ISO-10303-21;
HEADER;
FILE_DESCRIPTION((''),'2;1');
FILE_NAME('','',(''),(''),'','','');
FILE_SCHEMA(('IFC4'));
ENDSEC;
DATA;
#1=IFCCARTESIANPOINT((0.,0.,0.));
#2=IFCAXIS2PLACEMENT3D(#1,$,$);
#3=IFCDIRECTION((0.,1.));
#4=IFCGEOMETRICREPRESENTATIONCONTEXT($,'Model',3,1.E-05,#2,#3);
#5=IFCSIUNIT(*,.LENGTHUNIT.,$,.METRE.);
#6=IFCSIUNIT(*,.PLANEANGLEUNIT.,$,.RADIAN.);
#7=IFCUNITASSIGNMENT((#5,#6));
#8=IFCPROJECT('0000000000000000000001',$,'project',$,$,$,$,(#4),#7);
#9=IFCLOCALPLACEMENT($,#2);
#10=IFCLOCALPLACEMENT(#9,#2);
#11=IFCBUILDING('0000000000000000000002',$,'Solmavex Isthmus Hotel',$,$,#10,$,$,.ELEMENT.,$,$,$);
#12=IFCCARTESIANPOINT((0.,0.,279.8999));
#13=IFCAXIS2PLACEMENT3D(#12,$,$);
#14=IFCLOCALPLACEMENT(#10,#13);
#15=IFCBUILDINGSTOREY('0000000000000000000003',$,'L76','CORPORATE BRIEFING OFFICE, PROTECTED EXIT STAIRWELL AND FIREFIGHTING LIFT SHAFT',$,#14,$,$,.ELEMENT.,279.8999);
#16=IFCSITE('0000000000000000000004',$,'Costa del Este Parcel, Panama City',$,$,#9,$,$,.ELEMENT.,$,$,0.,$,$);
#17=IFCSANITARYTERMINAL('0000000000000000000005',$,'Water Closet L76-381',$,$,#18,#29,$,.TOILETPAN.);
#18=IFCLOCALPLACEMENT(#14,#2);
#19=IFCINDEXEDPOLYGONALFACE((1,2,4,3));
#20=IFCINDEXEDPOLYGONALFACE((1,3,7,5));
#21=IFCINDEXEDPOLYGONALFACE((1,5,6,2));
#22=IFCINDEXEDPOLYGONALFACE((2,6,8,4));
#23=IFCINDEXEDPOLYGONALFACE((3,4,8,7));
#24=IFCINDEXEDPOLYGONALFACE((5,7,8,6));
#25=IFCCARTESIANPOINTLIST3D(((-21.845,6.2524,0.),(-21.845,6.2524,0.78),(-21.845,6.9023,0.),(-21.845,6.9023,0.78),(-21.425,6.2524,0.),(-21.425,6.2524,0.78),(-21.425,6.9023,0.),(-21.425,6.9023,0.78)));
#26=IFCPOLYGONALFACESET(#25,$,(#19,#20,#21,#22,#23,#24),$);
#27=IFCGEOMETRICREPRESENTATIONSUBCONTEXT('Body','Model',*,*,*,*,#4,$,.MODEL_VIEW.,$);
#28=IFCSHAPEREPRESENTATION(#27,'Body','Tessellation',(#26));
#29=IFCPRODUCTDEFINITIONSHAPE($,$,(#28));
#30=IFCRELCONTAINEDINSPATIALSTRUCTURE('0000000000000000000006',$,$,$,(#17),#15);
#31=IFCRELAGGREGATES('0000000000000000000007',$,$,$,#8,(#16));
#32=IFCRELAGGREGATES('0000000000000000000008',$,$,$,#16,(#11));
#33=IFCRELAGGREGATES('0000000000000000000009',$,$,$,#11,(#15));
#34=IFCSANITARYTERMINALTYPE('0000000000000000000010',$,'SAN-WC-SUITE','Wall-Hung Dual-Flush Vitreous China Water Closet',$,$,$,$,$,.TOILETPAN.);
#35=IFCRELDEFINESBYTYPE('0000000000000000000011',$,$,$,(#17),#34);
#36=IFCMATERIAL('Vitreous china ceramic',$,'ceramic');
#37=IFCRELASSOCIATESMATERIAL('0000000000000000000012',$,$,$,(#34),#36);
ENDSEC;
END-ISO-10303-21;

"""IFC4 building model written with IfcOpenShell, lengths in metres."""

from ifc_helpers import new_model, si_unit, direction, frame, origin, origin_2d, place, context, subcontext, project, spatial, rectangle, extrude, material, type_object, element, save


model = new_model("IFC4")

# Units and contexts
model_context = context("Model", 3, precision=1e-05, world=origin(), true_north=direction((0.0, 1.0)))
body_context = subcontext(model_context, "Body", "Model", "MODEL_VIEW")
ifc_project = project(units=[si_unit("LENGTHUNIT", "METRE"), si_unit("PLANEANGLEUNIT", "RADIAN")], contexts=[model_context])

# Site, building, storey
site_placement = place(None, origin())
site = spatial("IfcSite", under=ifc_project, at=site_placement, Name="Costa del Este Parcel, Panama City", CompositionType="ELEMENT", RefElevation=0.0)
building_placement = place(site_placement, origin())
building = spatial("IfcBuilding", under=site, at=building_placement, Name="Solmavex Isthmus Hotel", CompositionType="ELEMENT")
storey_placement = place(building_placement, frame((0.0, 0.0, 279.8999)))
storey = spatial("IfcBuildingStorey", under=building, at=storey_placement, Name="L76", Description="CORPORATE BRIEFING OFFICE, PROTECTED EXIT STAIRWELL AND FIREFIGHTING LIFT SHAFT", CompositionType="ELEMENT", Elevation=279.8999)

# Sanitary terminal
ifc_material_1 = material(Name="Vitreous china ceramic", Category="ceramic")
sanitary_terminal_type_1 = type_object("IfcSanitaryTerminalType", Name="SAN-WC-SUITE", Description="Wall-Hung Dual-Flush Vitreous China Water Closet", PredefinedType="TOILETPAN", material=ifc_material_1)
sanitary_terminal_1_placement = place(storey_placement, frame((-21.635, 6.5774, 0.0), z_axis=(0.0, 0.0, 1.0), x_axis=(1.0, 0.0, 0.0)))
element("IfcSanitaryTerminal", 1, at=sanitary_terminal_1_placement, inside=storey, type_object=sanitary_terminal_type_1, Name="Water Closet L76-381", PredefinedType="TOILETPAN", context=body_context, shape_type="SweptSolid", body=[
    extrude(rectangle(XDim=0.4199, YDim=0.6499, at=origin_2d()), origin(), (0.0, 0.0, 1.0), 0.78),
])

save(model, "model.ifc")
